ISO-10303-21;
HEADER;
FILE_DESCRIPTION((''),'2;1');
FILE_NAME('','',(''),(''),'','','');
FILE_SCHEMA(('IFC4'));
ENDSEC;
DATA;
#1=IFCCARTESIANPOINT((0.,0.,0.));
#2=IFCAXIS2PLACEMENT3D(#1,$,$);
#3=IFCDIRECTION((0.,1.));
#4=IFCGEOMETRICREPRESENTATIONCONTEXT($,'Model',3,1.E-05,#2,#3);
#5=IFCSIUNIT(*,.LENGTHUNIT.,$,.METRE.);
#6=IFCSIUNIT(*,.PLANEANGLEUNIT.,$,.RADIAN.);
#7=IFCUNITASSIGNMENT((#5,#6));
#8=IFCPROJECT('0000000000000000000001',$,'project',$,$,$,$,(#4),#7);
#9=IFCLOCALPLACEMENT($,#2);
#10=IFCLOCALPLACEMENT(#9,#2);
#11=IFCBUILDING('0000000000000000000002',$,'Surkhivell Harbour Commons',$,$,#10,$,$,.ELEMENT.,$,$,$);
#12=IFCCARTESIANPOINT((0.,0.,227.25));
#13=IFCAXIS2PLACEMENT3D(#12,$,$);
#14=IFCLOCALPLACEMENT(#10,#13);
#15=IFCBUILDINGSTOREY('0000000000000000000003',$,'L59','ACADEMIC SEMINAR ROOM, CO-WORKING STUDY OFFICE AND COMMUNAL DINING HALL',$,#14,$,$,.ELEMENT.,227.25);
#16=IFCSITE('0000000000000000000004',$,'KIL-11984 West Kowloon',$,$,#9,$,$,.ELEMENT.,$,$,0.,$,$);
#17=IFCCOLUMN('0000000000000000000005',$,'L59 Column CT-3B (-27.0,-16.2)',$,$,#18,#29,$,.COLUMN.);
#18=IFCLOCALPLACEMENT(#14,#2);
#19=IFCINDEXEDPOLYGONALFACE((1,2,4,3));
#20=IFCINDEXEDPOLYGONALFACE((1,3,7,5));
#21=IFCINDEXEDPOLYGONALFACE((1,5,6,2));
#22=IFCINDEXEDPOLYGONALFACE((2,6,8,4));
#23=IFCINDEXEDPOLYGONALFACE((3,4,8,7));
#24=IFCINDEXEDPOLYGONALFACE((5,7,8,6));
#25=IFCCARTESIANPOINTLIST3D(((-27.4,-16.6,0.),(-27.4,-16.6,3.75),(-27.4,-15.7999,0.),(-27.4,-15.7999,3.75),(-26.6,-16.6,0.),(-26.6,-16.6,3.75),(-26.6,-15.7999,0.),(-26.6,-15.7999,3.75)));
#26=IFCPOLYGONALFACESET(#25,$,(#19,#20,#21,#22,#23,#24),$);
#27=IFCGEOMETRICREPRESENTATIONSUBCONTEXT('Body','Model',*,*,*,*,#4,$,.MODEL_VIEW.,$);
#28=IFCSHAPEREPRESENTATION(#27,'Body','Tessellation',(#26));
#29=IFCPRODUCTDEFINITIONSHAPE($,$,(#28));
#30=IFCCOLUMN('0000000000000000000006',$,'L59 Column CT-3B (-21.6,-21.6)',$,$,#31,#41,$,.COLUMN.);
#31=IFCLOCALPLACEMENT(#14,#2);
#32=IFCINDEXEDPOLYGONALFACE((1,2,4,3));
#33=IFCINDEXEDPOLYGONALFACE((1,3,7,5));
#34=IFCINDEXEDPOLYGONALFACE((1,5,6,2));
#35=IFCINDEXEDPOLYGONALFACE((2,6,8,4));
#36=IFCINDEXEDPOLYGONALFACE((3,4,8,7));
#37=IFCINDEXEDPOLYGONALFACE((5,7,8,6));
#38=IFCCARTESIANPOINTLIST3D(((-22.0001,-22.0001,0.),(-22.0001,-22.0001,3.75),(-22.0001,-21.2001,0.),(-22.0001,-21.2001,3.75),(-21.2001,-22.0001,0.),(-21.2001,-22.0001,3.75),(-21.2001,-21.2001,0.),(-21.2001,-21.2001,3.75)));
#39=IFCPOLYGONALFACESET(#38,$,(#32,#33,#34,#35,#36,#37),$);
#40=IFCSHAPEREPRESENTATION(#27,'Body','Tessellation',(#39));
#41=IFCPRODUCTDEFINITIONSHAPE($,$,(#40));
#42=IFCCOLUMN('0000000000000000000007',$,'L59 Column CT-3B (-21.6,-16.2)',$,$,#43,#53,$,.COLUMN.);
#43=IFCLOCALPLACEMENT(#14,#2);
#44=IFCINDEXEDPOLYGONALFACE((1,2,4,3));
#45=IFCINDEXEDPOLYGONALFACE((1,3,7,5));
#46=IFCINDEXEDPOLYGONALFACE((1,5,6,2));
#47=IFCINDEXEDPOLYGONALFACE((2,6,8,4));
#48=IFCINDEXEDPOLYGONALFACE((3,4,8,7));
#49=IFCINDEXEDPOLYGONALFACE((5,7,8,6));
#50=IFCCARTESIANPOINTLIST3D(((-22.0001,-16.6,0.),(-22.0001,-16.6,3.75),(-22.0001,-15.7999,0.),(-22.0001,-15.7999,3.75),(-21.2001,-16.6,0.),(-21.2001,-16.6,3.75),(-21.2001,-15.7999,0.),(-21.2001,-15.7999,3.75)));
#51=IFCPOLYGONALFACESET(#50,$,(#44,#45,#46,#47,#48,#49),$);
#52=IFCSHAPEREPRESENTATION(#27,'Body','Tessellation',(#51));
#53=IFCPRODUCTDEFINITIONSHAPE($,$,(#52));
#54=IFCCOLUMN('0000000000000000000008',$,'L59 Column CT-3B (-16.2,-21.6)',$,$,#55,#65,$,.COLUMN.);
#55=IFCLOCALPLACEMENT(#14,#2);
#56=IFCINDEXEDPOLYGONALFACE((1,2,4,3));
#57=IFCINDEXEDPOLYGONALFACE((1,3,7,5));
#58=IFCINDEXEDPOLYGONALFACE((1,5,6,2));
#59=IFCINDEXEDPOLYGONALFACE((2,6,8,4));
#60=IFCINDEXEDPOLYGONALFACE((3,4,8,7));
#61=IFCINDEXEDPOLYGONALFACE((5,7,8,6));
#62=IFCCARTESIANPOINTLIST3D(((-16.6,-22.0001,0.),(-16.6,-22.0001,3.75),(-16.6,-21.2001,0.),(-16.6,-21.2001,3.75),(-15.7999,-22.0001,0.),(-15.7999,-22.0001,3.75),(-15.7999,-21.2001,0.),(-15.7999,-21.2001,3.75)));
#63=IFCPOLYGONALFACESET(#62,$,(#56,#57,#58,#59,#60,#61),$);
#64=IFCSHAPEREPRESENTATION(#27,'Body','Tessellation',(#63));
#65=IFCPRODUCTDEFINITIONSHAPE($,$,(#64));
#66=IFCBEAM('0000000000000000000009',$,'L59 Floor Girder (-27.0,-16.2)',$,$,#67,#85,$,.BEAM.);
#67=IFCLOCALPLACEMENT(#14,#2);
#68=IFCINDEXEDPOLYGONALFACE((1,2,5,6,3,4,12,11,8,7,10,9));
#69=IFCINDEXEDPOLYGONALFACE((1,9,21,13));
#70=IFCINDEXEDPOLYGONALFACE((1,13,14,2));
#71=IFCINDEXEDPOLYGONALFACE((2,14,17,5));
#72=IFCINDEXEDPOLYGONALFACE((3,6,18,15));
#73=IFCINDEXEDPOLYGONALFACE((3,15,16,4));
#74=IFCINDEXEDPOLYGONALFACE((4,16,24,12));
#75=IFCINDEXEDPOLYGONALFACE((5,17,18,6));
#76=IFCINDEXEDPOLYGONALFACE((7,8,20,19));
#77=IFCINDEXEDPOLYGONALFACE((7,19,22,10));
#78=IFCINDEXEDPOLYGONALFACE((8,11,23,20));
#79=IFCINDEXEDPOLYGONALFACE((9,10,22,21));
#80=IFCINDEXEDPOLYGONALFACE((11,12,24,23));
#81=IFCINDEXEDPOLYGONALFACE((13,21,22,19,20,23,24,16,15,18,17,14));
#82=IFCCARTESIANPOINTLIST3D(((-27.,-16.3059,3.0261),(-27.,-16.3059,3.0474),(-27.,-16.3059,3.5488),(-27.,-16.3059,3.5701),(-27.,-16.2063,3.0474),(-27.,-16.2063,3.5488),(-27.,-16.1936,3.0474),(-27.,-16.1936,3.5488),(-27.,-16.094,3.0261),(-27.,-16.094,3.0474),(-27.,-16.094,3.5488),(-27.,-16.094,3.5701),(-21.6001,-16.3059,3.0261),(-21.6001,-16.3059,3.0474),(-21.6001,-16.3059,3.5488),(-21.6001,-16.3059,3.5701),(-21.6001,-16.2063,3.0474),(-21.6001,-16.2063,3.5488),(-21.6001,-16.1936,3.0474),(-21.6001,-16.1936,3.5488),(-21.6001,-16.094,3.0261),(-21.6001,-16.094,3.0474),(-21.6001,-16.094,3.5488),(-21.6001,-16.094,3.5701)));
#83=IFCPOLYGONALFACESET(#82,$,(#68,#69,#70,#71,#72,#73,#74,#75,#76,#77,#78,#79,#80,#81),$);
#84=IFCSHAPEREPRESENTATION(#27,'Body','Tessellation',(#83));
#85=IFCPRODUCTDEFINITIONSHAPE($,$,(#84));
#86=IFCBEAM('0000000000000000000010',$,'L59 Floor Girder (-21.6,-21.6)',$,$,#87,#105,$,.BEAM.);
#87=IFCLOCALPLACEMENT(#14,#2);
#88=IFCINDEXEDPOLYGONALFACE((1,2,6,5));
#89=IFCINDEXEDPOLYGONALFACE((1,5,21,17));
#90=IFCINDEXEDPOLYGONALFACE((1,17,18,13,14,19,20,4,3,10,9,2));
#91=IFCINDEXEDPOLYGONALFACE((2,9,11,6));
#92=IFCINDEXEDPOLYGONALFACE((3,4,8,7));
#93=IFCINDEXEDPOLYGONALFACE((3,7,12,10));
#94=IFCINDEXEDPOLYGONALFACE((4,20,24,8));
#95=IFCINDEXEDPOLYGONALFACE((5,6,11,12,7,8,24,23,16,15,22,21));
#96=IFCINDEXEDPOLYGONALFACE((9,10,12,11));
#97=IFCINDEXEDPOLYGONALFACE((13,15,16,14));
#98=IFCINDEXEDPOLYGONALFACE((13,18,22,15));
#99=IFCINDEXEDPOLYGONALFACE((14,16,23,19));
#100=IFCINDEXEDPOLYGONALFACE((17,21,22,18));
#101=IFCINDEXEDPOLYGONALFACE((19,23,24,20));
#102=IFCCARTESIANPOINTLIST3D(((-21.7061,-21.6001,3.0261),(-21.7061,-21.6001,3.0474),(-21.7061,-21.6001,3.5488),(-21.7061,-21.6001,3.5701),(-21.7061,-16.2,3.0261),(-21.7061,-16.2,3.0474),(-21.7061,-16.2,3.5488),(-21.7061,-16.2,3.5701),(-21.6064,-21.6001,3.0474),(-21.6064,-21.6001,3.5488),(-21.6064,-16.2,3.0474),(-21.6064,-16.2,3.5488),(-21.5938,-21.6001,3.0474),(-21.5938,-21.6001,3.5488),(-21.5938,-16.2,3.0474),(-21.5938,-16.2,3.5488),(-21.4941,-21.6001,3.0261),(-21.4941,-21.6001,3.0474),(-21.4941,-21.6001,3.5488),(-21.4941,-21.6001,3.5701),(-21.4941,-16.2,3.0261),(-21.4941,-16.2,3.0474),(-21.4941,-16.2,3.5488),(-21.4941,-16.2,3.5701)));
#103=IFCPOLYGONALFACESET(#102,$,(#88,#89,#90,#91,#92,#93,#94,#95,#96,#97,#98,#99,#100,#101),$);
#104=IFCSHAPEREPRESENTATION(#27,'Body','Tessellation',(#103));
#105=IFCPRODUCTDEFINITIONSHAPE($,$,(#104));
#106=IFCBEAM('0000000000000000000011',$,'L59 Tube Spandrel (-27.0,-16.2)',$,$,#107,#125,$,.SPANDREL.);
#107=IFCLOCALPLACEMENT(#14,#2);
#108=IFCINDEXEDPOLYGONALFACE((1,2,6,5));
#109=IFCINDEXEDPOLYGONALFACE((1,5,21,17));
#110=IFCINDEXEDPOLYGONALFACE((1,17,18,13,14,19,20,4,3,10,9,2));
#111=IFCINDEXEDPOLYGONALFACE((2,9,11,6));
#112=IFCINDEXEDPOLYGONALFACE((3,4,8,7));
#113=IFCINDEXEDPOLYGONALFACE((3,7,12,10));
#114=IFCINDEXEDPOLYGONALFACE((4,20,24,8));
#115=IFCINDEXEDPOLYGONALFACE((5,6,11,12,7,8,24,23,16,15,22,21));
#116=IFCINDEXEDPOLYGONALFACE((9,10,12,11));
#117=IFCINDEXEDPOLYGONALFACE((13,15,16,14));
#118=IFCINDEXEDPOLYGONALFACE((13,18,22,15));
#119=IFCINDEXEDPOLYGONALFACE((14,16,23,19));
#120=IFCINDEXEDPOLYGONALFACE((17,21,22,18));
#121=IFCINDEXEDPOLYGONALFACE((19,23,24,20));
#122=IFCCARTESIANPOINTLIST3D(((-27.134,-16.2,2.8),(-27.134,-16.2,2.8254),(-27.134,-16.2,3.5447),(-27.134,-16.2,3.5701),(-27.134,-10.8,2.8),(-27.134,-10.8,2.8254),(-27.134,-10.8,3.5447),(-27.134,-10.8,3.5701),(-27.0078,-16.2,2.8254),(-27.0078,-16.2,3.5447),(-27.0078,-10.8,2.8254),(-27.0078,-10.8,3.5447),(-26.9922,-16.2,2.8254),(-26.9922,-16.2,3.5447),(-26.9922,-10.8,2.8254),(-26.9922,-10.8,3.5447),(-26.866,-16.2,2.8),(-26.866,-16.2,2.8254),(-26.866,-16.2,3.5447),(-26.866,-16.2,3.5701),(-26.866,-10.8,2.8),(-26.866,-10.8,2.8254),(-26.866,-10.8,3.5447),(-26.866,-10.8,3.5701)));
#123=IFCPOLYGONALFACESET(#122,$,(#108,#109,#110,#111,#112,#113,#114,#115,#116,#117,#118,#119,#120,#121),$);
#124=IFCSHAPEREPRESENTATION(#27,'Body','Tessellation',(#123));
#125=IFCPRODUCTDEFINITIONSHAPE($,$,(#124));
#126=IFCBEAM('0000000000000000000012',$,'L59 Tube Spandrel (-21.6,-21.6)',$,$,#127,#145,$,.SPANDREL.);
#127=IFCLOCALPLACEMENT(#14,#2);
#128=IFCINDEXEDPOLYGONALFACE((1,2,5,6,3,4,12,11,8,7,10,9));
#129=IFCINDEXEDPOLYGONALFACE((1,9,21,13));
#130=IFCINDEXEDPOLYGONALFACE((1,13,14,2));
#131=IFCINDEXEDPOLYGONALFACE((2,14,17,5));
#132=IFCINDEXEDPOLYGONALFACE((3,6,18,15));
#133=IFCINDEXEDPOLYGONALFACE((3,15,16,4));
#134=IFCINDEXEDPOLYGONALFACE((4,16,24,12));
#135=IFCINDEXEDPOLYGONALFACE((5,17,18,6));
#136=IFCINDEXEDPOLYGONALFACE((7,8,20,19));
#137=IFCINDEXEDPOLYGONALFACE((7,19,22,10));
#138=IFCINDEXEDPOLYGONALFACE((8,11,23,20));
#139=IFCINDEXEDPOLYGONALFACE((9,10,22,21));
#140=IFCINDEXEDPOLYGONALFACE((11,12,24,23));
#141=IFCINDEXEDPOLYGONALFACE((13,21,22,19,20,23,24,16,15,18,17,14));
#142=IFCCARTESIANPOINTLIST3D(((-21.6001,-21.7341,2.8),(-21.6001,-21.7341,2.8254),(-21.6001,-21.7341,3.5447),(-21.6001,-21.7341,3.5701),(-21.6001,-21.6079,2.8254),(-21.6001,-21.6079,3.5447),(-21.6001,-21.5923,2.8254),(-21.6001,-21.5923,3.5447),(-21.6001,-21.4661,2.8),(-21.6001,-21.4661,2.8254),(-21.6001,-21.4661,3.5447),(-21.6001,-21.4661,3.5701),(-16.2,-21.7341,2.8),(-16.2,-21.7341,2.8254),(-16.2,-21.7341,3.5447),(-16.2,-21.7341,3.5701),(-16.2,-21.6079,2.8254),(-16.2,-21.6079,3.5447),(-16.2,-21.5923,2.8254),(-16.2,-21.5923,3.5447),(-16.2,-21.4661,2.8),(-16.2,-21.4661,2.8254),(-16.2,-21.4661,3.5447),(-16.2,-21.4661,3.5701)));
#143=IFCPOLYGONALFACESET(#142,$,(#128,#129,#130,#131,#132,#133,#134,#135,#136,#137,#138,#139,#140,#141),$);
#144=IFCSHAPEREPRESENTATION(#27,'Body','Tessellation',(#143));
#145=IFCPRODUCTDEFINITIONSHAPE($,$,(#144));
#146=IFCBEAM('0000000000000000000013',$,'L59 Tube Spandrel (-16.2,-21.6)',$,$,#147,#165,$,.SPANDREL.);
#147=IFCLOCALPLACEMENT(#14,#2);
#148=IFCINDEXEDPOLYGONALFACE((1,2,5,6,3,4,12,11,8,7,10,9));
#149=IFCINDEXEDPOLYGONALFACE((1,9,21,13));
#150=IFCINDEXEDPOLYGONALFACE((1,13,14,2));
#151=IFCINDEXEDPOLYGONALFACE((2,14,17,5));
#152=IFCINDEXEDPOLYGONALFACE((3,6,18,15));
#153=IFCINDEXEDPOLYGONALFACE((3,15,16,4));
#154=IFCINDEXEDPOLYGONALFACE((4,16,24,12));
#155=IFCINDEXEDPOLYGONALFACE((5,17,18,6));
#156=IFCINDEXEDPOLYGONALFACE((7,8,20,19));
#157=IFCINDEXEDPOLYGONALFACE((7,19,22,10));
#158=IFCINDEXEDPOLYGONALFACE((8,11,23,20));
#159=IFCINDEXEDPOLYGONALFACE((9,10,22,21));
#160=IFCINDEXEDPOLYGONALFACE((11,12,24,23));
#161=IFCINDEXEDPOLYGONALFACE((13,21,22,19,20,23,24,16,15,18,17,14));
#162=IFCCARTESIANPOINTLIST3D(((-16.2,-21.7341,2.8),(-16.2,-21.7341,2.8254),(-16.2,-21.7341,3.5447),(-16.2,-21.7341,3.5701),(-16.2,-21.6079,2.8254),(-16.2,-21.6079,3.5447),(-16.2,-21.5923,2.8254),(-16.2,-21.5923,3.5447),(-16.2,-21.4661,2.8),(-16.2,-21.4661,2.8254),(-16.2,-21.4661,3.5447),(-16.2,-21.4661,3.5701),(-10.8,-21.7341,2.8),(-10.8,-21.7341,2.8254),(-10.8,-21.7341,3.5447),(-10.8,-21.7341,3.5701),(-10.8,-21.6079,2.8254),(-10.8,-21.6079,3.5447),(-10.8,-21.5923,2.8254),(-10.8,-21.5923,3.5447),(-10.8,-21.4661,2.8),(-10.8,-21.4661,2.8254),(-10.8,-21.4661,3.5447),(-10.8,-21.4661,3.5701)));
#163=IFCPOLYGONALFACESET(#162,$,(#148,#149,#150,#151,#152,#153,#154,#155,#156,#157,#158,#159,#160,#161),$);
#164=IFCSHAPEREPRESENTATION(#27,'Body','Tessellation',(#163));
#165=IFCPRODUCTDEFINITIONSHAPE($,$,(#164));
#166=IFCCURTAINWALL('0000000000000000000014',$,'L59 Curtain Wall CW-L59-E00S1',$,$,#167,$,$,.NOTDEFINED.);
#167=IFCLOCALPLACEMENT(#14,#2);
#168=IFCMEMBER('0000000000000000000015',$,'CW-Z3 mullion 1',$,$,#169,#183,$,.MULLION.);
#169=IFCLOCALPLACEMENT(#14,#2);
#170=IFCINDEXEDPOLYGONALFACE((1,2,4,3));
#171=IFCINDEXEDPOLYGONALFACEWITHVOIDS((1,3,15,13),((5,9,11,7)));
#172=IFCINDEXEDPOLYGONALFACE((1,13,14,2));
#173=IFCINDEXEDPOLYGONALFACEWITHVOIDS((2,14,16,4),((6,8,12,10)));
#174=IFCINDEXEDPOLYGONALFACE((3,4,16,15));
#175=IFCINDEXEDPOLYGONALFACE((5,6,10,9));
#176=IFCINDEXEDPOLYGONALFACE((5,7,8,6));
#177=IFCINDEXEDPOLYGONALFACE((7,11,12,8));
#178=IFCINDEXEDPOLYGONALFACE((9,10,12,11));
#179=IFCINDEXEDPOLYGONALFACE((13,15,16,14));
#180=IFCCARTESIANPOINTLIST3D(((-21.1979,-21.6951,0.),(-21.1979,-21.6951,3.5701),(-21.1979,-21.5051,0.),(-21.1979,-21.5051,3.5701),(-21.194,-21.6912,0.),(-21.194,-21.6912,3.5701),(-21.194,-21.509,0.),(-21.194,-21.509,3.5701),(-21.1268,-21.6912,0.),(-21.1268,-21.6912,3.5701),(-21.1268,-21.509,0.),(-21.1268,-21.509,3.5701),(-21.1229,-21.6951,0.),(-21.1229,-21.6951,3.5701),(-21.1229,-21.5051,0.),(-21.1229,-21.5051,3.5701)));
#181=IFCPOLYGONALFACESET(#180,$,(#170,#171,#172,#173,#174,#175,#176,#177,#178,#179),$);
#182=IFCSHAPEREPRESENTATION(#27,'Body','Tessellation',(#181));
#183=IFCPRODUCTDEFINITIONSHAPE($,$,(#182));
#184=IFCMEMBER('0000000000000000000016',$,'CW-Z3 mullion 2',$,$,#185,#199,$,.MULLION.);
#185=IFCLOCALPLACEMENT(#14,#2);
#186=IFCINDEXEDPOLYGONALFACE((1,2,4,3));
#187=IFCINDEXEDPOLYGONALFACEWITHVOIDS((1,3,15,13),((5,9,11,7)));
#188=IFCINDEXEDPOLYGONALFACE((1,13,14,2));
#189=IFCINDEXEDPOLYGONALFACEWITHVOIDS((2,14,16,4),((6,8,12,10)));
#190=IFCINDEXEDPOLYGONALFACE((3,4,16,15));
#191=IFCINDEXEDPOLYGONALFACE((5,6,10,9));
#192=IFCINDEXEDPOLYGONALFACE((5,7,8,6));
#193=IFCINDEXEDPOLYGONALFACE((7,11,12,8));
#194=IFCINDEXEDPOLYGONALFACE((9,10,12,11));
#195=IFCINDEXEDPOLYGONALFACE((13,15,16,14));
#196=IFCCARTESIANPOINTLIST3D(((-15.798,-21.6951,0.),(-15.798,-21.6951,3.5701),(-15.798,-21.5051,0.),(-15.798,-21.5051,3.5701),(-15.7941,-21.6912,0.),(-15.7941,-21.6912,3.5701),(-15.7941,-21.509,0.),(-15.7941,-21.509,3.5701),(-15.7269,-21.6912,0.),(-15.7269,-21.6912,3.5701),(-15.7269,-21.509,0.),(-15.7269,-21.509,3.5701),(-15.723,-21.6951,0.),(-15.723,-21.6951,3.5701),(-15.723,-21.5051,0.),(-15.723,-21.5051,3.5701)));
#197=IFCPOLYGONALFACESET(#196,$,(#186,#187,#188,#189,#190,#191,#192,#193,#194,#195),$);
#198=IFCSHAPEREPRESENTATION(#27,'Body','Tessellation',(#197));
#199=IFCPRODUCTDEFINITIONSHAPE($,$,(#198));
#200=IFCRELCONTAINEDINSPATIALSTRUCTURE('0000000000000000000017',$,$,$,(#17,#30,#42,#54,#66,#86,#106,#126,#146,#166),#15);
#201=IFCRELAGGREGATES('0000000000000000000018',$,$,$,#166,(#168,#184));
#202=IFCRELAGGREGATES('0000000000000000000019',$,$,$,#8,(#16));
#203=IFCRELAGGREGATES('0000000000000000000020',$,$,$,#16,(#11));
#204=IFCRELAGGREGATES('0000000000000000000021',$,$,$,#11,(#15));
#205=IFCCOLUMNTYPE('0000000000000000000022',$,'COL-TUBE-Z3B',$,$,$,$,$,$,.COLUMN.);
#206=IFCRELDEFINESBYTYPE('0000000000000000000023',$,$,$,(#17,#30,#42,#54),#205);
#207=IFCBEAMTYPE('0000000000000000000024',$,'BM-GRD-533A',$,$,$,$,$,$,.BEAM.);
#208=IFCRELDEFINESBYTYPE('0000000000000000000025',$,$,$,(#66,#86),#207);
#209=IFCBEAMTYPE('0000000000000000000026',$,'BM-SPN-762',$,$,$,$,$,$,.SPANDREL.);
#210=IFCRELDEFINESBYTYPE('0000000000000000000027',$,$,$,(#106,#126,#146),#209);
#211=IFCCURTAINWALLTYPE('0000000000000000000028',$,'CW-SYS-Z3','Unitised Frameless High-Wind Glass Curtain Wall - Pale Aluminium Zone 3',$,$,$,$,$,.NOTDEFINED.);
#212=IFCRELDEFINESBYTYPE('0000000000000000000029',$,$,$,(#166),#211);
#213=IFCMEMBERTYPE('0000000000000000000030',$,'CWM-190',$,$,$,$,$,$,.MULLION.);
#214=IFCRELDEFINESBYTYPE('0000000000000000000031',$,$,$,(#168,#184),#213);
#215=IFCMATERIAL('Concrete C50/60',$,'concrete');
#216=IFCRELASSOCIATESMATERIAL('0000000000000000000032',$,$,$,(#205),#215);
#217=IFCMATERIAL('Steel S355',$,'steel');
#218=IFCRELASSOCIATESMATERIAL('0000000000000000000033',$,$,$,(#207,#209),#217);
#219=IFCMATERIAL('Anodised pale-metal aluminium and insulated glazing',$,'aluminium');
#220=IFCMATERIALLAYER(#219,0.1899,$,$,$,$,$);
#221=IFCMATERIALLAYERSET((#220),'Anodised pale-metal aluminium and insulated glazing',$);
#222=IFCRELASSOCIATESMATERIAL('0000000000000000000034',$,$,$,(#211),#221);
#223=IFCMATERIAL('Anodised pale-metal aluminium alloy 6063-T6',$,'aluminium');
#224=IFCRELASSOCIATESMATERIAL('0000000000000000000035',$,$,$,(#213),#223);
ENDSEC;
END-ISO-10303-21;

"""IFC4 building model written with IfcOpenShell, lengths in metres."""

from ifc_helpers import new_model, si_unit, direction, frame, origin, origin_2d, place, context, subcontext, project, spatial, rectangle, hollow_rectangle, i_section, extrude, material, layer, layer_set, material_profile, profile_set, type_object, element, aggregate, save


model = new_model("IFC4")

# Units and contexts
model_context = context("Model", 3, precision=1e-05, world=origin(), true_north=direction((0.0, 1.0)))
body_context = subcontext(model_context, "Body", "Model", "MODEL_VIEW")
ifc_project = project(units=[si_unit("LENGTHUNIT", "METRE"), si_unit("PLANEANGLEUNIT", "RADIAN")], contexts=[model_context])

# Site, building, storey
site_placement = place(None, origin())
site = spatial("IfcSite", under=ifc_project, at=site_placement, Name="KIL-11984 West Kowloon", CompositionType="ELEMENT", RefElevation=0.0)
building_placement = place(site_placement, origin())
building = spatial("IfcBuilding", under=site, at=building_placement, Name="Surkhivell Harbour Commons", CompositionType="ELEMENT")
storey_placement = place(building_placement, frame((0.0, 0.0, 227.25)))
storey = spatial("IfcBuildingStorey", under=building, at=storey_placement, Name="L59", Description="ACADEMIC SEMINAR ROOM, CO-WORKING STUDY OFFICE AND COMMUNAL DINING HALL", CompositionType="ELEMENT", Elevation=227.25)

# Columns
ifc_material_1 = material(Name="Concrete C50/60", Category="concrete")
ifc_material_profile_1 = material_profile(ifc_material_1, rectangle(XDim=0.8, YDim=0.8, at=origin_2d()), Name="RC-COL-800x800")
ifc_profile_set_1 = profile_set([ifc_material_profile_1], Name="Concrete C50/60")
column_type = type_object("IfcColumnType", Name="COL-TUBE-Z3B", PredefinedType="COLUMN", material=ifc_profile_set_1)
for number, where, z_axis, x_axis, name in (
    (1, (-27.0, -16.2, 0.0), (0.0, 0.0, 1.0), (1.0, 0.0, 0.0), "L59 Column CT-3B (-27.0,-16.2)"),
    (2, (-21.6001, -21.6001, 0.0), (0.0, 0.0, 1.0), (1.0, 0.0, 0.0), "L59 Column CT-3B (-21.6,-21.6)"),
    (3, (-21.6001, -16.2, 0.0), (0.0, 0.0, 1.0), (1.0, 0.0, 0.0), "L59 Column CT-3B (-21.6,-16.2)"),
    (4, (-16.2, -21.6001, 0.0), (0.0, 0.0, 1.0), (1.0, 0.0, 0.0), "L59 Column CT-3B (-16.2,-21.6)"),
):
    element("IfcColumn", number, at=place(storey_placement, frame(where, z_axis=z_axis, x_axis=x_axis)), inside=storey, type_object=column_type, Name=name, PredefinedType="COLUMN", context=body_context, shape_type="SweptSolid", body=[
        extrude(rectangle(XDim=0.8, YDim=0.8, at=origin_2d()), origin(), (0.0, 0.0, 1.0), 3.75),
    ])

# Beams
ifc_material_2 = material(Name="Steel S355", Category="steel")
ifc_material_profile_2 = material_profile(ifc_material_2, i_section(OverallWidth=0.2119, OverallDepth=0.5439, WebThickness=0.0127, FlangeThickness=0.0212, at=origin_2d()), Name="UB533x210x122")
ifc_profile_set_2 = profile_set([ifc_material_profile_2], Name="Steel S355")
beam_type_1 = type_object("IfcBeamType", Name="BM-GRD-533A", PredefinedType="BEAM", material=ifc_profile_set_2)
beam_1_placement = place(storey_placement, frame((-27.0, -16.2, 3.2981), z_axis=(1.0, 0.0, 0.0), x_axis=(0.0, 1.0, 0.0)))
element("IfcBeam", 5, at=beam_1_placement, inside=storey, type_object=beam_type_1, Name="L59 Floor Girder (-27.0,-16.2)", PredefinedType="BEAM", context=body_context, shape_type="SweptSolid", body=[
    extrude(i_section(OverallWidth=0.2119, OverallDepth=0.5439, WebThickness=0.0127, FlangeThickness=0.0212, at=origin_2d()), origin(), (0.0, 0.0, 1.0), 5.3999),
])
beam_2_placement = place(storey_placement, frame((-21.6001, -21.6001, 3.2981), z_axis=(0.0, 1.0, 0.0), x_axis=(-1.0, 0.0, 0.0)))
element("IfcBeam", 6, at=beam_2_placement, inside=storey, type_object=beam_type_1, Name="L59 Floor Girder (-21.6,-21.6)", PredefinedType="BEAM", context=body_context, shape_type="SweptSolid", body=[
    extrude(i_section(OverallWidth=0.2119, OverallDepth=0.5439, WebThickness=0.0127, FlangeThickness=0.0212, at=origin_2d()), origin(), (0.0, 0.0, 1.0), 5.4001),
])
ifc_material_profile_3 = material_profile(ifc_material_2, i_section(OverallWidth=0.2681, OverallDepth=0.77, WebThickness=0.0156, FlangeThickness=0.0254, at=origin_2d()), Name="UB762x267x197")
ifc_profile_set_3 = profile_set([ifc_material_profile_3], Name="Steel S355")
beam_type_2 = type_object("IfcBeamType", Name="BM-SPN-762", PredefinedType="SPANDREL", material=ifc_profile_set_3)
beam_3_placement = place(storey_placement, frame((-27.0, -16.2, 3.1851), z_axis=(0.0, 1.0, 0.0), x_axis=(-1.0, 0.0, 0.0)))
element("IfcBeam", 7, at=beam_3_placement, inside=storey, type_object=beam_type_2, Name="L59 Tube Spandrel (-27.0,-16.2)", PredefinedType="SPANDREL", context=body_context, shape_type="SweptSolid", body=[
    extrude(i_section(OverallWidth=0.2681, OverallDepth=0.77, WebThickness=0.0156, FlangeThickness=0.0254, at=origin_2d()), origin(), (0.0, 0.0, 1.0), 5.3999),
])
beam_4_placement = place(storey_placement, frame((-21.6001, -21.6001, 3.1851), z_axis=(1.0, 0.0, 0.0), x_axis=(0.0, 1.0, 0.0)))
element("IfcBeam", 8, at=beam_4_placement, inside=storey, type_object=beam_type_2, Name="L59 Tube Spandrel (-21.6,-21.6)", PredefinedType="SPANDREL", context=body_context, shape_type="SweptSolid", body=[
    extrude(i_section(OverallWidth=0.2681, OverallDepth=0.77, WebThickness=0.0156, FlangeThickness=0.0254, at=origin_2d()), origin(), (0.0, 0.0, 1.0), 5.4001),
])
beam_5_placement = place(storey_placement, frame((-16.2, -21.6001, 3.1851), z_axis=(1.0, 0.0, 0.0), x_axis=(0.0, 1.0, 0.0)))
element("IfcBeam", 9, at=beam_5_placement, inside=storey, type_object=beam_type_2, Name="L59 Tube Spandrel (-16.2,-21.6)", PredefinedType="SPANDREL", context=body_context, shape_type="SweptSolid", body=[
    extrude(i_section(OverallWidth=0.2681, OverallDepth=0.77, WebThickness=0.0156, FlangeThickness=0.0254, at=origin_2d()), origin(), (0.0, 0.0, 1.0), 5.3999),
])

# Curtain wall, members
ifc_material_3 = material(Name="Anodised pale-metal aluminium and insulated glazing", Category="aluminium")
ifc_layer_1 = layer(ifc_material_3, 0.1899)
ifc_layer_set_1 = layer_set([ifc_layer_1], Name="Anodised pale-metal aluminium and insulated glazing")
curtain_wall_type = type_object("IfcCurtainWallType", Name="CW-SYS-Z3", Description="Unitised Frameless High-Wind Glass Curtain Wall - Pale Aluminium Zone 3", PredefinedType="NOTDEFINED", material=ifc_layer_set_1)
curtain_wall_placement = place(storey_placement, origin())
curtain_wall = element("IfcCurtainWall", 10, at=curtain_wall_placement, inside=storey, type_object=curtain_wall_type, Name="L59 Curtain Wall CW-L59-E00S1", PredefinedType="NOTDEFINED")
ifc_material_4 = material(Name="Anodised pale-metal aluminium alloy 6063-T6", Category="aluminium")
ifc_material_profile_4 = material_profile(ifc_material_4, hollow_rectangle(XDim=0.075, YDim=0.1899, WallThickness=0.0039, at=origin_2d()), Name="ALU-MULL-75x190")
ifc_profile_set_4 = profile_set([ifc_material_profile_4], Name="Anodised pale-metal aluminium alloy 6063-T6")
member_type_1 = type_object("IfcMemberType", Name="CWM-190", PredefinedType="MULLION", material=ifc_profile_set_4)
member_1_placement = place(storey_placement, frame((-21.1604, -21.6001, 0.0), z_axis=(0.0, 0.0, 1.0), x_axis=(1.0, 0.0, 0.0)))
member_1 = element("IfcMember", 11, at=member_1_placement, type_object=member_type_1, Name="CW-Z3 mullion 1", PredefinedType="MULLION", context=body_context, shape_type="SweptSolid", body=[
    extrude(hollow_rectangle(XDim=0.075, YDim=0.1899, WallThickness=0.0039, at=origin_2d()), origin(), (0.0, 0.0, 1.0), 3.5701),
])
member_2_placement = place(storey_placement, frame((-15.7605, -21.6001, 0.0), z_axis=(0.0, 0.0, 1.0), x_axis=(1.0, 0.0, 0.0)))
member_2 = element("IfcMember", 12, at=member_2_placement, type_object=member_type_1, Name="CW-Z3 mullion 2", PredefinedType="MULLION", context=body_context, shape_type="SweptSolid", body=[
    extrude(hollow_rectangle(XDim=0.075, YDim=0.1899, WallThickness=0.0039, at=origin_2d()), origin(), (0.0, 0.0, 1.0), 3.5701),
])

aggregate(curtain_wall, [member_1, member_2])

save(model, "model.ifc")
